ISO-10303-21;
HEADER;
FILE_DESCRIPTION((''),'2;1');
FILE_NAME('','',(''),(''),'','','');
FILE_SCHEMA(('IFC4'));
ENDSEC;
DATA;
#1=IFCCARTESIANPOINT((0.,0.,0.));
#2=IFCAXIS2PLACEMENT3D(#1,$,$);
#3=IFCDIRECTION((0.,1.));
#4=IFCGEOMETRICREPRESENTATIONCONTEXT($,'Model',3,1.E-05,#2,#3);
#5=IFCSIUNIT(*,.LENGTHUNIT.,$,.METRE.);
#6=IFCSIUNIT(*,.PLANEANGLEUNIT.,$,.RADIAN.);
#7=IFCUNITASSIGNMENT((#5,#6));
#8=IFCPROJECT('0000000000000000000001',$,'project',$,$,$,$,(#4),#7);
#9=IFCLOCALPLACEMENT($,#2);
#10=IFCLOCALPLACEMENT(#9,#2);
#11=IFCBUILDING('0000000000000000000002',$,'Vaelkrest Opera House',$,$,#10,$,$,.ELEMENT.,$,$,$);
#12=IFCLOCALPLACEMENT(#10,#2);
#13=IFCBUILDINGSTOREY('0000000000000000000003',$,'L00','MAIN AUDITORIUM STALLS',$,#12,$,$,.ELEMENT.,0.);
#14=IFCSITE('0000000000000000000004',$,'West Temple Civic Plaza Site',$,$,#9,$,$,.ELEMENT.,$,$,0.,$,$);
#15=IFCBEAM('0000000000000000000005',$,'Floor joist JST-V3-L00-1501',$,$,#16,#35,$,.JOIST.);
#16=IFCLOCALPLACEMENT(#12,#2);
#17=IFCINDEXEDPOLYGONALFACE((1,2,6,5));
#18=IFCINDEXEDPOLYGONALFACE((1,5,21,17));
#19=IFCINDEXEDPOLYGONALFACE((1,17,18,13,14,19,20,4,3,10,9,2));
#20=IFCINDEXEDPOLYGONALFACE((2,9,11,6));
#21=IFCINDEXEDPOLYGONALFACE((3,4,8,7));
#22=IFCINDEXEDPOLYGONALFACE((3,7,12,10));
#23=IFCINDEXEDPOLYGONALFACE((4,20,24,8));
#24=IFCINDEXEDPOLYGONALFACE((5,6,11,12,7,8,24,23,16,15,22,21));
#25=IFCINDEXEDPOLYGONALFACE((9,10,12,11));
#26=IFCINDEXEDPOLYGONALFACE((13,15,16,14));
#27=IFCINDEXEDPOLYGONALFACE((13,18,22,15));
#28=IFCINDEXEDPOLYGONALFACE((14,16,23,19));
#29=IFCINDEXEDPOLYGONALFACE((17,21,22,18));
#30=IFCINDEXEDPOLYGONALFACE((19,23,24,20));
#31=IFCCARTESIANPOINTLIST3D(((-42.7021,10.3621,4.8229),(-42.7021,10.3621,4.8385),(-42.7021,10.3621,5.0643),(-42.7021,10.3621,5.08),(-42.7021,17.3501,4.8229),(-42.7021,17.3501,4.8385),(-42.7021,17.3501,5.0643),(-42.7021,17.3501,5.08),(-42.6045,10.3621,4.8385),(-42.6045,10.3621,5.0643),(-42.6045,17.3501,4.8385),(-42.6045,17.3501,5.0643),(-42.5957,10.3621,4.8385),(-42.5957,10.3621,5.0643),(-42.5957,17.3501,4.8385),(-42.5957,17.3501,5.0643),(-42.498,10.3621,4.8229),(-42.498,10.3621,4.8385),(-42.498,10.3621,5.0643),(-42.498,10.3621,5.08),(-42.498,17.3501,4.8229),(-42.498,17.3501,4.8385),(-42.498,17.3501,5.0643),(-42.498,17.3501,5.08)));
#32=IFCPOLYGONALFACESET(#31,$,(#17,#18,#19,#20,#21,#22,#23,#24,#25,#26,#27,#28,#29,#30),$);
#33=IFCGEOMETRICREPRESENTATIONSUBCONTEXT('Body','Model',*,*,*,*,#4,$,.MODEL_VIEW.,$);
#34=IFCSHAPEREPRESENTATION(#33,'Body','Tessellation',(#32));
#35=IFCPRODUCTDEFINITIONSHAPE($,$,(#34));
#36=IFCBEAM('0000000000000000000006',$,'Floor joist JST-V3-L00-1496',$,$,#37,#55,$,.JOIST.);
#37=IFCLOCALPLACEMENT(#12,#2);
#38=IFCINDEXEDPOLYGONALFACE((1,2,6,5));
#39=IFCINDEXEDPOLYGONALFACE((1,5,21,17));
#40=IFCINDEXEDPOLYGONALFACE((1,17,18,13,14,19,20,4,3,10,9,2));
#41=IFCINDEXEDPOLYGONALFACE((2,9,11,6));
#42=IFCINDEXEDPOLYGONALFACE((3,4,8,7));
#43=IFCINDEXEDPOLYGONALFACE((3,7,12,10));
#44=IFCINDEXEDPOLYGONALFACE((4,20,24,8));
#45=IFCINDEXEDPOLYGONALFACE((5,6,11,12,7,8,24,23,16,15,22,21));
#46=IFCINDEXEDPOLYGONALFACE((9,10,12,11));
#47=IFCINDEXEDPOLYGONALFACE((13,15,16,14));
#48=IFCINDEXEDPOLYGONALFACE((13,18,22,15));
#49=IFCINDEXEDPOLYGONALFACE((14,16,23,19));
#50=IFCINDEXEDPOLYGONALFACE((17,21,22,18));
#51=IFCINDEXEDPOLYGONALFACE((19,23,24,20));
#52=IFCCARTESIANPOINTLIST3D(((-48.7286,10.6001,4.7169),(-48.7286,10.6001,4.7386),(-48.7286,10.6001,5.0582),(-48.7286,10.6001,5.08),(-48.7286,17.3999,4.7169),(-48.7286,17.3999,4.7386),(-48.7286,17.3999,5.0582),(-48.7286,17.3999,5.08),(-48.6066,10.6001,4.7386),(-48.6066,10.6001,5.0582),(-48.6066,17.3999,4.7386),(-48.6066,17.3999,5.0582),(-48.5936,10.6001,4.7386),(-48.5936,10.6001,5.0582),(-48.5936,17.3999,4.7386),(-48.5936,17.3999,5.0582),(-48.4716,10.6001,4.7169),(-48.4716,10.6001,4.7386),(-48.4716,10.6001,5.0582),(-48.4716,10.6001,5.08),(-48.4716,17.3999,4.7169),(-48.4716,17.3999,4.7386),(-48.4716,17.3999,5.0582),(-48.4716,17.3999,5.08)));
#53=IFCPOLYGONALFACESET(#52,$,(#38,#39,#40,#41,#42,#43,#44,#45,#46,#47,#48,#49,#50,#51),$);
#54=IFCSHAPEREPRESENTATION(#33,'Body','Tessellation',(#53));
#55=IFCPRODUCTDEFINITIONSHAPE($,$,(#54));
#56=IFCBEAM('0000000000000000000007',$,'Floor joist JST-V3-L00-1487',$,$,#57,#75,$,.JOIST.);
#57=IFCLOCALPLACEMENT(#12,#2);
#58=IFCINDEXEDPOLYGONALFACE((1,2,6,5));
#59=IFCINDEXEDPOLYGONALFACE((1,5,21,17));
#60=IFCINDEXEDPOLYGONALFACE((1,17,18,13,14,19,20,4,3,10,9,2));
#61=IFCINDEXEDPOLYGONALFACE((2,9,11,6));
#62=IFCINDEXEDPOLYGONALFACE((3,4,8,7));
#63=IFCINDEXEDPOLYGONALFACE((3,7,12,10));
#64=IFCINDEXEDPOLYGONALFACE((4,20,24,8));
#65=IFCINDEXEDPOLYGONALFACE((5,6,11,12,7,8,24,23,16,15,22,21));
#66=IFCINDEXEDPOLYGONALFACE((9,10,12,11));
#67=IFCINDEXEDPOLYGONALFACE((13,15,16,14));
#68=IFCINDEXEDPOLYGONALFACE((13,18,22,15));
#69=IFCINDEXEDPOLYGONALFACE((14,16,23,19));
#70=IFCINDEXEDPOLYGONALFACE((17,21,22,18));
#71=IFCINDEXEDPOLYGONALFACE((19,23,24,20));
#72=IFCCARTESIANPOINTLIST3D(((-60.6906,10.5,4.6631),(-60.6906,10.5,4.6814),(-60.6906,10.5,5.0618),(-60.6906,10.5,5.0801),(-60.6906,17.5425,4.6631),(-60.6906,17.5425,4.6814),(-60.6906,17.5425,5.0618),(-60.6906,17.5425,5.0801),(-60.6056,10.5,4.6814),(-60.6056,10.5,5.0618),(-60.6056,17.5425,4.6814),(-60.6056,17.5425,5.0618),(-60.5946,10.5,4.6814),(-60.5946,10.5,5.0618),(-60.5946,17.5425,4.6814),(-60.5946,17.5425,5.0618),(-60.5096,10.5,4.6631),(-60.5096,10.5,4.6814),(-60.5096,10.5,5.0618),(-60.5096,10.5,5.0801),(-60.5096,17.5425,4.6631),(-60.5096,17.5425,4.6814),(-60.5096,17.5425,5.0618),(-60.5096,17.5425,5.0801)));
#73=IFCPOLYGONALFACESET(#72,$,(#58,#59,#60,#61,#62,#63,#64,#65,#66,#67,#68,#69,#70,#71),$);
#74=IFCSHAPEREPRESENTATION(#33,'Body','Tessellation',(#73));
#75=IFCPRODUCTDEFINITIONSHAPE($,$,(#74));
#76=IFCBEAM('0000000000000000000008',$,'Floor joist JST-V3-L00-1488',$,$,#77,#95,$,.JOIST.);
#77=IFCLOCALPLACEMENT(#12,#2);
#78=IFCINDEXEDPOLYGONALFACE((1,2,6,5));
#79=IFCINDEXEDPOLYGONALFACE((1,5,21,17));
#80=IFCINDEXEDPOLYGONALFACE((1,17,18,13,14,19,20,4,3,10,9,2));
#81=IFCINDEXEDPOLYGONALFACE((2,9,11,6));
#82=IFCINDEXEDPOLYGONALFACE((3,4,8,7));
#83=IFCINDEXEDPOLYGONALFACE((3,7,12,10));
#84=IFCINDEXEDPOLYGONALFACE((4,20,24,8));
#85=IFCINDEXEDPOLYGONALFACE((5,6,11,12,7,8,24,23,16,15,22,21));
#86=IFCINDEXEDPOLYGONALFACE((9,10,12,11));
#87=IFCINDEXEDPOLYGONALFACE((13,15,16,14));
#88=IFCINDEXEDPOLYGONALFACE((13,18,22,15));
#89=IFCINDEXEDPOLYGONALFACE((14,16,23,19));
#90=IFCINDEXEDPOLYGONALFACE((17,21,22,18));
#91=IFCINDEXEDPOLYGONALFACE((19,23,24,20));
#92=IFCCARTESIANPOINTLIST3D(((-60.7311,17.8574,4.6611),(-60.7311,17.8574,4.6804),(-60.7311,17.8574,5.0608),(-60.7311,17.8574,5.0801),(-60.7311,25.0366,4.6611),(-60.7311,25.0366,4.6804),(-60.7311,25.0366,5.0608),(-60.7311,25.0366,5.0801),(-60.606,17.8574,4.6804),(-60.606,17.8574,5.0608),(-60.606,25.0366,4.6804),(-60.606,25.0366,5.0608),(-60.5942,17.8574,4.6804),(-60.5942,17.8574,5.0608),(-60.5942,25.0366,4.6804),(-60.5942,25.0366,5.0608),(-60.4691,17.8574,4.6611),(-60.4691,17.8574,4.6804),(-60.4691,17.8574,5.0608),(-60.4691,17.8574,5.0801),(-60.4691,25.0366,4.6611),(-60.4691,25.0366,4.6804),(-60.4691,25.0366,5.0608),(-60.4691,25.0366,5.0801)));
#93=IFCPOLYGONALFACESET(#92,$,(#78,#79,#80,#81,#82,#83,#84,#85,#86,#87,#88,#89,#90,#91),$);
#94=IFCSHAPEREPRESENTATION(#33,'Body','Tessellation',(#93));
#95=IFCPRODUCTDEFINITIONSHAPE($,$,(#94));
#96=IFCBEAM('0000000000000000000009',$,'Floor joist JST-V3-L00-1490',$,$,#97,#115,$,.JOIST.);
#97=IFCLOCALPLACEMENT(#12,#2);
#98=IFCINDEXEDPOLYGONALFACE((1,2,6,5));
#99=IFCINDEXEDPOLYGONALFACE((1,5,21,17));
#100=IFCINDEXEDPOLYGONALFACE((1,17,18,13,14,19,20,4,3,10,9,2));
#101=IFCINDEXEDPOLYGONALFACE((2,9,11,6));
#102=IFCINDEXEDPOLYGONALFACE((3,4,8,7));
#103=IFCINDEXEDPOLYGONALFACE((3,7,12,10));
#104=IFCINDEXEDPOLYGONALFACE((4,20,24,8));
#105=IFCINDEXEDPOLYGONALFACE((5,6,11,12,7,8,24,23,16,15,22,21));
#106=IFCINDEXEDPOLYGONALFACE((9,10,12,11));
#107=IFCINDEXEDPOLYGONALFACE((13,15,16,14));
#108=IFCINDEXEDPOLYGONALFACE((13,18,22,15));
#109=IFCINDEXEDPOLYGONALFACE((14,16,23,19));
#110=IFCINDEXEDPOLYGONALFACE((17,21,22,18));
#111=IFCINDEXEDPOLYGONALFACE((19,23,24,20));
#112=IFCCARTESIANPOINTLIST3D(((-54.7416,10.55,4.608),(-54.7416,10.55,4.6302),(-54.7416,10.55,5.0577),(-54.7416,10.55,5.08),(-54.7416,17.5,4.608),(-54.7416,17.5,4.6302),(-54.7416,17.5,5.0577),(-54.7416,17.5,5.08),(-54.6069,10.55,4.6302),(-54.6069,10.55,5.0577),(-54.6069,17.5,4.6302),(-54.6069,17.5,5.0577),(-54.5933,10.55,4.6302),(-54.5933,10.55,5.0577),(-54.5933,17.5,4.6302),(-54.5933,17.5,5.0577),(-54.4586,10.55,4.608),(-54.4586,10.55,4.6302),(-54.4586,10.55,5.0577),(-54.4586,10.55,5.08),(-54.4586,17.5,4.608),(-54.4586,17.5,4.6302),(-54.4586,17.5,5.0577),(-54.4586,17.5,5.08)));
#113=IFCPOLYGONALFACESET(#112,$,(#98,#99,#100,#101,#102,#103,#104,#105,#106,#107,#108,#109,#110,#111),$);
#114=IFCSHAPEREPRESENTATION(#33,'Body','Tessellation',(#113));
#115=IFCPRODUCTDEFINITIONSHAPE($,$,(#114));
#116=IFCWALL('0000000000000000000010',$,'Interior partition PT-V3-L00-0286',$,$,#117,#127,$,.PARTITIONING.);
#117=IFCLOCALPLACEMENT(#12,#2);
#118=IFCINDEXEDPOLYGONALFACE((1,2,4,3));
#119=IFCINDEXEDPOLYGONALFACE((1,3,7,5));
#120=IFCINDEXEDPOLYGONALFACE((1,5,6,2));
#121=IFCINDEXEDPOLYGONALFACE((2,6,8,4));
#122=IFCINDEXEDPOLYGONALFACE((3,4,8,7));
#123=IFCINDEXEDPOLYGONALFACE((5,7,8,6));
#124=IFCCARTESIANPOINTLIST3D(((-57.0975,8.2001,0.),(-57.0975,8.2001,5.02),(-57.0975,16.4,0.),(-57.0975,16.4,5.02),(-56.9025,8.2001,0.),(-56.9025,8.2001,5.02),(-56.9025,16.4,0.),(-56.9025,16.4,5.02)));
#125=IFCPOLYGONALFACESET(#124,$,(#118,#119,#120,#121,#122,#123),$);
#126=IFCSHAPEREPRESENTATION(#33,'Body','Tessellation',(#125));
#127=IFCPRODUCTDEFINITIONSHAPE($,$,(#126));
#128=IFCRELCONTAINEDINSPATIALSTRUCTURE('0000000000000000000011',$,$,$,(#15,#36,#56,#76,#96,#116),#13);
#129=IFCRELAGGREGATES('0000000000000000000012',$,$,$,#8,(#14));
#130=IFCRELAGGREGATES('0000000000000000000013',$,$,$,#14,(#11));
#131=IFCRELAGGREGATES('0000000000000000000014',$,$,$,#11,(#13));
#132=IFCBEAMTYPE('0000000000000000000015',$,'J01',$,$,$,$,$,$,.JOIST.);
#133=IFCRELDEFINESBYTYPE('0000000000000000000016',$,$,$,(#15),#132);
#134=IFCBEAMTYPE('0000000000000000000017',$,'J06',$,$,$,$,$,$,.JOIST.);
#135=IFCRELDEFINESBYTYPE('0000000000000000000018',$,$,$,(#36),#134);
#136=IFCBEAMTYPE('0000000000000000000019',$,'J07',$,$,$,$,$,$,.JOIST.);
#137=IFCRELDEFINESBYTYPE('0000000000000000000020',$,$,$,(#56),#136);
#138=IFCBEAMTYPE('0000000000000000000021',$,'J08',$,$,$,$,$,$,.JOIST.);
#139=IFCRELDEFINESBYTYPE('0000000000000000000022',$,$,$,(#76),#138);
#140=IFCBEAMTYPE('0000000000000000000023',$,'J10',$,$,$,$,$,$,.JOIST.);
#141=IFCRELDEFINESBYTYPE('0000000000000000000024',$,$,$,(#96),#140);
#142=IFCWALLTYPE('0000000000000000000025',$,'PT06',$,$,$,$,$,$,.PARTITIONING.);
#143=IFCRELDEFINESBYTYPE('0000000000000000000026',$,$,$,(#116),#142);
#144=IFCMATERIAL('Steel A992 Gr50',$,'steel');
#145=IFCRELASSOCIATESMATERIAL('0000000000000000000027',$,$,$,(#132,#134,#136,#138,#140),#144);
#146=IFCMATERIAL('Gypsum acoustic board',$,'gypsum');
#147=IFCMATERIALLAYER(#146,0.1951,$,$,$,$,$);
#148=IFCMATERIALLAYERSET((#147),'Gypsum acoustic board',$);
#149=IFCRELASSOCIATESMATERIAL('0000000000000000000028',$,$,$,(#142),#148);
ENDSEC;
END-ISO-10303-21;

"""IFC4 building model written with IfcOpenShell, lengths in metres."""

from ifc_helpers import new_model, si_unit, direction, frame, frame_2d, origin, origin_2d, place, context, subcontext, project, spatial, rectangle, i_section, extrude, material, layer, layer_set, material_profile, profile_set, type_object, element, save


model = new_model("IFC4")

# Units and contexts
model_context = context("Model", 3, precision=1e-05, world=origin(), true_north=direction((0.0, 1.0)))
body_context = subcontext(model_context, "Body", "Model", "MODEL_VIEW")
ifc_project = project(units=[si_unit("LENGTHUNIT", "METRE"), si_unit("PLANEANGLEUNIT", "RADIAN")], contexts=[model_context])

# Site, building, storey
site_placement = place(None, origin())
site = spatial("IfcSite", under=ifc_project, at=site_placement, Name="West Temple Civic Plaza Site", CompositionType="ELEMENT", RefElevation=0.0)
building_placement = place(site_placement, origin())
building = spatial("IfcBuilding", under=site, at=building_placement, Name="Vaelkrest Opera House", CompositionType="ELEMENT")
storey_placement = place(building_placement, origin())
storey = spatial("IfcBuildingStorey", under=building, at=storey_placement, Name="L00", Description="MAIN AUDITORIUM STALLS", CompositionType="ELEMENT", Elevation=0.0)

# Beams
ifc_material_1 = material(Name="Steel A992 Gr50", Category="steel")
ifc_material_profile_1 = material_profile(ifc_material_1, i_section(OverallWidth=0.2041, OverallDepth=0.2571, WebThickness=0.0088, FlangeThickness=0.0156, at=origin_2d()), Name="W10X45")
ifc_profile_set_1 = profile_set([ifc_material_profile_1], Name="Steel A992 Gr50")
beam_type_1 = type_object("IfcBeamType", Name="J01", PredefinedType="JOIST", material=ifc_profile_set_1)
beam_1_placement = place(storey_placement, frame((-42.6001, 10.3621, 4.9514), z_axis=(0.0, 1.0, 0.0), x_axis=(-1.0, 0.0, 0.0)))
element("IfcBeam", 1, at=beam_1_placement, inside=storey, type_object=beam_type_1, Name="Floor joist JST-V3-L00-1501", PredefinedType="JOIST", context=body_context, shape_type="SweptSolid", body=[
    extrude(i_section(OverallWidth=0.2041, OverallDepth=0.2571, WebThickness=0.0088, FlangeThickness=0.0156, at=origin_2d()), origin(), (0.0, 0.0, 1.0), 6.988),
])
ifc_material_profile_2 = material_profile(ifc_material_1, i_section(OverallWidth=0.2571, OverallDepth=0.363, WebThickness=0.0129, FlangeThickness=0.0217, at=origin_2d()), Name="W14X82")
ifc_profile_set_2 = profile_set([ifc_material_profile_2], Name="Steel A992 Gr50")
beam_type_2 = type_object("IfcBeamType", Name="J06", PredefinedType="JOIST", material=ifc_profile_set_2)
beam_2_placement = place(storey_placement, frame((-48.6001, 10.6001, 4.8984), z_axis=(0.0, 1.0, 0.0), x_axis=(-1.0, 0.0, 0.0)))
element("IfcBeam", 2, at=beam_2_placement, inside=storey, type_object=beam_type_2, Name="Floor joist JST-V3-L00-1496", PredefinedType="JOIST", context=body_context, shape_type="SweptSolid", body=[
    extrude(i_section(OverallWidth=0.2571, OverallDepth=0.363, WebThickness=0.0129, FlangeThickness=0.0217, at=origin_2d()), origin(), (0.0, 0.0, 1.0), 6.7998),
])
ifc_material_profile_3 = material_profile(ifc_material_1, i_section(OverallWidth=0.1809, OverallDepth=0.417, WebThickness=0.011, FlangeThickness=0.0183, at=origin_2d()), Name="W16X57")
ifc_profile_set_3 = profile_set([ifc_material_profile_3], Name="Steel A992 Gr50")
beam_type_3 = type_object("IfcBeamType", Name="J07", PredefinedType="JOIST", material=ifc_profile_set_3)
beam_3_placement = place(storey_placement, frame((-60.6001, 10.5, 4.8716), z_axis=(0.0, 1.0, 0.0), x_axis=(-1.0, 0.0, 0.0)))
element("IfcBeam", 3, at=beam_3_placement, inside=storey, type_object=beam_type_3, Name="Floor joist JST-V3-L00-1487", PredefinedType="JOIST", context=body_context, shape_type="SweptSolid", body=[
    extrude(i_section(OverallWidth=0.1809, OverallDepth=0.417, WebThickness=0.011, FlangeThickness=0.0183, at=origin_2d()), origin(), (0.0, 0.0, 1.0), 7.0425),
])
ifc_material_profile_4 = material_profile(ifc_material_1, i_section(OverallWidth=0.262, OverallDepth=0.4189, WebThickness=0.0117, FlangeThickness=0.0193, at=origin_2d()), Name="W16X77")
ifc_profile_set_4 = profile_set([ifc_material_profile_4], Name="Steel A992 Gr50")
beam_type_4 = type_object("IfcBeamType", Name="J08", PredefinedType="JOIST", material=ifc_profile_set_4)
beam_4_placement = place(storey_placement, frame((-60.6001, 17.8574, 4.8706), z_axis=(0.0, 1.0, 0.0), x_axis=(-1.0, 0.0, 0.0)))
element("IfcBeam", 4, at=beam_4_placement, inside=storey, type_object=beam_type_4, Name="Floor joist JST-V3-L00-1488", PredefinedType="JOIST", context=body_context, shape_type="SweptSolid", body=[
    extrude(i_section(OverallWidth=0.262, OverallDepth=0.4189, WebThickness=0.0117, FlangeThickness=0.0193, at=origin_2d()), origin(), (0.0, 0.0, 1.0), 7.1792),
])
ifc_material_profile_5 = material_profile(ifc_material_1, i_section(OverallWidth=0.283, OverallDepth=0.4719, WebThickness=0.0137, FlangeThickness=0.0222, at=origin_2d()), Name="W18X97")
ifc_profile_set_5 = profile_set([ifc_material_profile_5], Name="Steel A992 Gr50")
beam_type_5 = type_object("IfcBeamType", Name="J10", PredefinedType="JOIST", material=ifc_profile_set_5)
beam_5_placement = place(storey_placement, frame((-54.6001, 10.55, 4.844), z_axis=(0.0, 1.0, 0.0), x_axis=(-1.0, 0.0, 0.0)))
element("IfcBeam", 5, at=beam_5_placement, inside=storey, type_object=beam_type_5, Name="Floor joist JST-V3-L00-1490", PredefinedType="JOIST", context=body_context, shape_type="SweptSolid", body=[
    extrude(i_section(OverallWidth=0.283, OverallDepth=0.4719, WebThickness=0.0137, FlangeThickness=0.0222, at=origin_2d()), origin(), (0.0, 0.0, 1.0), 6.95),
])

# Wall
ifc_material_2 = material(Name="Gypsum acoustic board", Category="gypsum")
ifc_layer = layer(ifc_material_2, 0.1951)
ifc_layer_set = layer_set([ifc_layer], Name="Gypsum acoustic board")
wall_type = type_object("IfcWallType", Name="PT06", PredefinedType="PARTITIONING", material=ifc_layer_set)
wall_placement = place(storey_placement, frame((-57.0, 8.2, 0.0), z_axis=(0.0, 0.0, 1.0), x_axis=(0.0, 1.0, 0.0)))
element("IfcWall", 6, at=wall_placement, inside=storey, type_object=wall_type, Name="Interior partition PT-V3-L00-0286", PredefinedType="PARTITIONING", context=body_context, shape_type="SweptSolid", body=[
    extrude(rectangle(XDim=8.2, YDim=0.1951, at=frame_2d((4.1001, 0.0))), origin(), (0.0, 0.0, 1.0), 5.02),
])

save(model, "model.ifc")
